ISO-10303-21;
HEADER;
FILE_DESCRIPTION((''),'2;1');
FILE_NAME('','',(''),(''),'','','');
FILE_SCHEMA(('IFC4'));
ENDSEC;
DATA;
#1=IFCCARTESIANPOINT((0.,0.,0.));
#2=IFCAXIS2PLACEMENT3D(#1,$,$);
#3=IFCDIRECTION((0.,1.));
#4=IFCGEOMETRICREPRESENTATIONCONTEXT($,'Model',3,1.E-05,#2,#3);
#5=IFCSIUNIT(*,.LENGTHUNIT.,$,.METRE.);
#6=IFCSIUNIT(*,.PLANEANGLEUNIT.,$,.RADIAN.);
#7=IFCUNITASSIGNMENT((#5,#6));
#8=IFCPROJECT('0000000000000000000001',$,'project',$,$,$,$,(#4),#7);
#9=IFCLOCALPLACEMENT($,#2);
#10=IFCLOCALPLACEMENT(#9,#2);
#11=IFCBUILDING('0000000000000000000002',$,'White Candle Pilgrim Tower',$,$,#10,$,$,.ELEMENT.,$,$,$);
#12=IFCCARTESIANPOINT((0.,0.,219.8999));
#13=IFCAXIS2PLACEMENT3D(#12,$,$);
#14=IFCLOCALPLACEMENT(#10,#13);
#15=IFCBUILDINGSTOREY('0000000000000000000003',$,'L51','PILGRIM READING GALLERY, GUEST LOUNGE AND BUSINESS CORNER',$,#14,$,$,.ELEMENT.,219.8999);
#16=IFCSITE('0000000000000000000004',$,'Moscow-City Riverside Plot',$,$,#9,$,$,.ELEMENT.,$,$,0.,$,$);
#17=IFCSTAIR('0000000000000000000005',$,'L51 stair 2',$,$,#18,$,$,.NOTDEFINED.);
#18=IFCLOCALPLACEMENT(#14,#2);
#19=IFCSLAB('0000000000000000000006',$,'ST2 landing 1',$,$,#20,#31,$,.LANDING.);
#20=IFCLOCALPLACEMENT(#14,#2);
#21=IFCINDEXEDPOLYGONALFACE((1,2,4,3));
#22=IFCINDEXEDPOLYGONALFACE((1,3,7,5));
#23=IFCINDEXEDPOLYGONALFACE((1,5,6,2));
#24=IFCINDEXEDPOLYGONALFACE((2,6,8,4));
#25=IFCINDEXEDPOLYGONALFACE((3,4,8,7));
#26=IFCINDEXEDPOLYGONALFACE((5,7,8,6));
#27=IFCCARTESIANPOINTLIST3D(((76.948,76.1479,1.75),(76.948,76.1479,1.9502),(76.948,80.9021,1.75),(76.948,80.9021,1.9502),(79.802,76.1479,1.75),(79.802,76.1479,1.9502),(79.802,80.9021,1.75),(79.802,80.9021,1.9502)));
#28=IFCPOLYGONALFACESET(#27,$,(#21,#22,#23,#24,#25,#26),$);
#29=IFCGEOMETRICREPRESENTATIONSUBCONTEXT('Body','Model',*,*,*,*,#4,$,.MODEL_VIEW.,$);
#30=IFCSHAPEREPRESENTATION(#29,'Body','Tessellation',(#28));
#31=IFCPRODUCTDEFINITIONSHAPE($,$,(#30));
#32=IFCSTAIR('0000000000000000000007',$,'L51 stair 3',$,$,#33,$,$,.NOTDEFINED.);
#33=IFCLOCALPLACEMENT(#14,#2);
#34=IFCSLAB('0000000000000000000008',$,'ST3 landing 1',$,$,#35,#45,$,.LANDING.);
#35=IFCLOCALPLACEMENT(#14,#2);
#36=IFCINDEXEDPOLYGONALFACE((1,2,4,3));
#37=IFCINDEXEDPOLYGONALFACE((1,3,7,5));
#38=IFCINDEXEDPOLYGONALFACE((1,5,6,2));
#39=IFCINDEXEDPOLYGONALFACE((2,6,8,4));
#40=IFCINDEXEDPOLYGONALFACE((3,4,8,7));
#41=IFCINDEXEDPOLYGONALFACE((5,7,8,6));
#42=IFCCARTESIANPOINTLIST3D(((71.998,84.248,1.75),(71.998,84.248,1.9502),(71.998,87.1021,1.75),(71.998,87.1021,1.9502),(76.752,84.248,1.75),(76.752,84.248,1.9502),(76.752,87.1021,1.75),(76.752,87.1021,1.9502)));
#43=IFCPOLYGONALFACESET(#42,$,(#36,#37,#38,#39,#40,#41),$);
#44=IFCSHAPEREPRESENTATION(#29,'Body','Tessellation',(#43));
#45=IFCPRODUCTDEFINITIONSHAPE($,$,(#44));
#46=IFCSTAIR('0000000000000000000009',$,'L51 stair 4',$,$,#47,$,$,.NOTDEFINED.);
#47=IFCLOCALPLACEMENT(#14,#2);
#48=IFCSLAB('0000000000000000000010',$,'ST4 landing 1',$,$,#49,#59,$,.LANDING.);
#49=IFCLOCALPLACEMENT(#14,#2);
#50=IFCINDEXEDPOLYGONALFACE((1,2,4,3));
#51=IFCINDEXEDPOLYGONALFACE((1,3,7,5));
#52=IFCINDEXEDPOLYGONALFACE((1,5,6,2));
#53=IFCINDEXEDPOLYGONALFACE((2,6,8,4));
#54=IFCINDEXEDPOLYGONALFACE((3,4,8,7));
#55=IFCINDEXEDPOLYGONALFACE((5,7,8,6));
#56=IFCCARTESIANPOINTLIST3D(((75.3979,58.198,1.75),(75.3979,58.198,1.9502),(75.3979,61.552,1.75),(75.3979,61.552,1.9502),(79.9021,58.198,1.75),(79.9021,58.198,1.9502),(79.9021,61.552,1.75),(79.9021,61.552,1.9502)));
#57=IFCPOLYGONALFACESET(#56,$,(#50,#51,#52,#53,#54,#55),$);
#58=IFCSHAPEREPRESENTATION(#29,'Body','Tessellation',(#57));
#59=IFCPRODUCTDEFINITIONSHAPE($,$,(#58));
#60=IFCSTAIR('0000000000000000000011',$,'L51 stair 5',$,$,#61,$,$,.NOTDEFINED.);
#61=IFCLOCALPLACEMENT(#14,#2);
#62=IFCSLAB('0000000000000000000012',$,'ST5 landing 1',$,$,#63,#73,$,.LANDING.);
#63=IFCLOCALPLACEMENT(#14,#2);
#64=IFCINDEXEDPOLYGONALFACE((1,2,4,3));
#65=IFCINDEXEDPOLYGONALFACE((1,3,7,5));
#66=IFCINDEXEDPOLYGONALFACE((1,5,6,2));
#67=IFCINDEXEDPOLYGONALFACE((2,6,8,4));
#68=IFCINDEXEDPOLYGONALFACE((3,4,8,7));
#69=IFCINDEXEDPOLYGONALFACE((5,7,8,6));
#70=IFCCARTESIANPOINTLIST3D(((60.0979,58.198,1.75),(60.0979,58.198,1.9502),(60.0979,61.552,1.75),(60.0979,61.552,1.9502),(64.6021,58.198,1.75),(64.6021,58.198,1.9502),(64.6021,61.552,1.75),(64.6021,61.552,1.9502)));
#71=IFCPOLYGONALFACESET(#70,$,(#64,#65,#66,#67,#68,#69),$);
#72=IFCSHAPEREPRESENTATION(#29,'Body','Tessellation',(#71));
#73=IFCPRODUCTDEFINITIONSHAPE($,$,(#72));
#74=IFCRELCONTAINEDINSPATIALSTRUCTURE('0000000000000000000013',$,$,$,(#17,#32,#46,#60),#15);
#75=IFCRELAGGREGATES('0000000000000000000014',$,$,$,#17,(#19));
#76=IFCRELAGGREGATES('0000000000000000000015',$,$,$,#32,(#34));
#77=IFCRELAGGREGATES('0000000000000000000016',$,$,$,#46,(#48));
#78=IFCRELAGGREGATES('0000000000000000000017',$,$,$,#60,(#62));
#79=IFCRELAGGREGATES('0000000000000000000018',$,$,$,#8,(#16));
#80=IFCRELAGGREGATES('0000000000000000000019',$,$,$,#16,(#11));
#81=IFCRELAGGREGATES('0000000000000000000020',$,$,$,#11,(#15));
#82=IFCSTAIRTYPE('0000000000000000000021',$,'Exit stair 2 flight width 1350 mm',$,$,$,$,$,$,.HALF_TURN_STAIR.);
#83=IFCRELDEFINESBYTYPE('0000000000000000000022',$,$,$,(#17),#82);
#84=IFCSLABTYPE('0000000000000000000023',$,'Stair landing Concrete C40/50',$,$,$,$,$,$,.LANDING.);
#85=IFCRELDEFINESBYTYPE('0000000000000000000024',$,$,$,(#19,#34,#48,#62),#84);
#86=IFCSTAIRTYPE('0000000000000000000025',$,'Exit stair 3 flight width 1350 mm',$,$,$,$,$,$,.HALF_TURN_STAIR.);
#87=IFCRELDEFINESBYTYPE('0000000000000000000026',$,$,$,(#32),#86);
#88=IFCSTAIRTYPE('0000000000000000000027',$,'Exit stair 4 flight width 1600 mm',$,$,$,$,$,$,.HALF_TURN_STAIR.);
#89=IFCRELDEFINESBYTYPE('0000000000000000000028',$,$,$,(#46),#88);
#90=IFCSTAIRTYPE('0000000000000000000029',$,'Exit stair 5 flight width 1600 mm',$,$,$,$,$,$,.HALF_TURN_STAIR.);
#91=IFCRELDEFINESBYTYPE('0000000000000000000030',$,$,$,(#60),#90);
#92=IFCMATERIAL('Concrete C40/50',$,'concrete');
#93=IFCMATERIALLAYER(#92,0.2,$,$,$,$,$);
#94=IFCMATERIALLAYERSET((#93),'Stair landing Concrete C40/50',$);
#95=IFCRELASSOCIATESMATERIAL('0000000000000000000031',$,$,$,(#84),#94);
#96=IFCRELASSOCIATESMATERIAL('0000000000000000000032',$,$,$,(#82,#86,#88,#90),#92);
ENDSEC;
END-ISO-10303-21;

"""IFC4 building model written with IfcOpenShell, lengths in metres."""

from ifc_helpers import new_model, si_unit, direction, frame, origin, place, context, subcontext, project, spatial, polyline, outline, extrude, material, layer, layer_set, type_object, element, aggregate, save


model = new_model("IFC4")

# Units and contexts
model_context = context("Model", 3, precision=1e-05, world=origin(), true_north=direction((0.0, 1.0)))
body_context = subcontext(model_context, "Body", "Model", "MODEL_VIEW")
ifc_project = project(units=[si_unit("LENGTHUNIT", "METRE"), si_unit("PLANEANGLEUNIT", "RADIAN")], contexts=[model_context])

# Site, building, storey
site_placement = place(None, origin())
site = spatial("IfcSite", under=ifc_project, at=site_placement, Name="Moscow-City Riverside Plot", CompositionType="ELEMENT", RefElevation=0.0)
building_placement = place(site_placement, origin())
building = spatial("IfcBuilding", under=site, at=building_placement, Name="White Candle Pilgrim Tower", CompositionType="ELEMENT")
storey_placement = place(building_placement, frame((0.0, 0.0, 219.8999)))
storey = spatial("IfcBuildingStorey", under=building, at=storey_placement, Name="L51", Description="PILGRIM READING GALLERY, GUEST LOUNGE AND BUSINESS CORNER", CompositionType="ELEMENT", Elevation=219.8999)

# Shared definitions
ifc_material_1 = material(Name="Concrete C40/50", Category="concrete")

# Stairs, slabs
ifc_layer_1 = layer(ifc_material_1, 0.2)
ifc_layer_set_1 = layer_set([ifc_layer_1], Name="Stair landing Concrete C40/50")
slab_type_1 = type_object("IfcSlabType", Name="Stair landing Concrete C40/50", PredefinedType="LANDING", material=ifc_layer_set_1)
stair_type_1 = type_object("IfcStairType", Name="Exit stair 2 flight width 1350 mm", PredefinedType="HALF_TURN_STAIR", material=ifc_material_1)
stair_1_placement = place(storey_placement, origin())
stair_1 = element("IfcStair", 1, at=stair_1_placement, inside=storey, type_object=stair_type_1, Name="L51 stair 2", PredefinedType="NOTDEFINED")
slab_1_placement = place(storey_placement, frame((0.0, 0.0, 1.75)))
slab_1 = element("IfcSlab", 2, at=slab_1_placement, type_object=slab_type_1, Name="ST2 landing 1", PredefinedType="LANDING", context=body_context, shape_type="SweptSolid", body=[
    extrude(outline(polyline([(79.802, 76.1479), (76.948, 76.1479), (76.948, 80.9021), (79.802, 80.9021), (79.802, 76.1479)])), origin(), (0.0, 0.0, 1.0), 0.2002),
])
aggregate(stair_1, [slab_1])
stair_type_2 = type_object("IfcStairType", Name="Exit stair 3 flight width 1350 mm", PredefinedType="HALF_TURN_STAIR", material=ifc_material_1)
stair_2_placement = place(storey_placement, origin())
stair_2 = element("IfcStair", 3, at=stair_2_placement, inside=storey, type_object=stair_type_2, Name="L51 stair 3", PredefinedType="NOTDEFINED")
slab_2_placement = place(storey_placement, frame((0.0, 0.0, 1.75)))
slab_2 = element("IfcSlab", 4, at=slab_2_placement, type_object=slab_type_1, Name="ST3 landing 1", PredefinedType="LANDING", context=body_context, shape_type="SweptSolid", body=[
    extrude(outline(polyline([(71.998, 84.248), (71.998, 87.1021), (76.752, 87.1021), (76.752, 84.248), (71.998, 84.248)])), origin(), (0.0, 0.0, 1.0), 0.2002),
])
aggregate(stair_2, [slab_2])
stair_type_3 = type_object("IfcStairType", Name="Exit stair 4 flight width 1600 mm", PredefinedType="HALF_TURN_STAIR", material=ifc_material_1)
stair_3_placement = place(storey_placement, origin())
stair_3 = element("IfcStair", 5, at=stair_3_placement, inside=storey, type_object=stair_type_3, Name="L51 stair 4", PredefinedType="NOTDEFINED")
slab_3_placement = place(storey_placement, frame((0.0, 0.0, 1.75)))
slab_3 = element("IfcSlab", 6, at=slab_3_placement, type_object=slab_type_1, Name="ST4 landing 1", PredefinedType="LANDING", context=body_context, shape_type="SweptSolid", body=[
    extrude(outline(polyline([(79.9021, 61.552), (79.9021, 58.198), (75.3979, 58.198), (75.3979, 61.552), (79.9021, 61.552)])), origin(), (0.0, 0.0, 1.0), 0.2002),
])
aggregate(stair_3, [slab_3])
stair_type_4 = type_object("IfcStairType", Name="Exit stair 5 flight width 1600 mm", PredefinedType="HALF_TURN_STAIR", material=ifc_material_1)
stair_4_placement = place(storey_placement, origin())
stair_4 = element("IfcStair", 7, at=stair_4_placement, inside=storey, type_object=stair_type_4, Name="L51 stair 5", PredefinedType="NOTDEFINED")
slab_4_placement = place(storey_placement, frame((0.0, 0.0, 1.75)))
slab_4 = element("IfcSlab", 8, at=slab_4_placement, type_object=slab_type_1, Name="ST5 landing 1", PredefinedType="LANDING", context=body_context, shape_type="SweptSolid", body=[
    extrude(outline(polyline([(60.0979, 58.198), (60.0979, 61.552), (64.6021, 61.552), (64.6021, 58.198), (60.0979, 58.198)])), origin(), (0.0, 0.0, 1.0), 0.2002),
])
aggregate(stair_4, [slab_4])

save(model, "model.ifc")
